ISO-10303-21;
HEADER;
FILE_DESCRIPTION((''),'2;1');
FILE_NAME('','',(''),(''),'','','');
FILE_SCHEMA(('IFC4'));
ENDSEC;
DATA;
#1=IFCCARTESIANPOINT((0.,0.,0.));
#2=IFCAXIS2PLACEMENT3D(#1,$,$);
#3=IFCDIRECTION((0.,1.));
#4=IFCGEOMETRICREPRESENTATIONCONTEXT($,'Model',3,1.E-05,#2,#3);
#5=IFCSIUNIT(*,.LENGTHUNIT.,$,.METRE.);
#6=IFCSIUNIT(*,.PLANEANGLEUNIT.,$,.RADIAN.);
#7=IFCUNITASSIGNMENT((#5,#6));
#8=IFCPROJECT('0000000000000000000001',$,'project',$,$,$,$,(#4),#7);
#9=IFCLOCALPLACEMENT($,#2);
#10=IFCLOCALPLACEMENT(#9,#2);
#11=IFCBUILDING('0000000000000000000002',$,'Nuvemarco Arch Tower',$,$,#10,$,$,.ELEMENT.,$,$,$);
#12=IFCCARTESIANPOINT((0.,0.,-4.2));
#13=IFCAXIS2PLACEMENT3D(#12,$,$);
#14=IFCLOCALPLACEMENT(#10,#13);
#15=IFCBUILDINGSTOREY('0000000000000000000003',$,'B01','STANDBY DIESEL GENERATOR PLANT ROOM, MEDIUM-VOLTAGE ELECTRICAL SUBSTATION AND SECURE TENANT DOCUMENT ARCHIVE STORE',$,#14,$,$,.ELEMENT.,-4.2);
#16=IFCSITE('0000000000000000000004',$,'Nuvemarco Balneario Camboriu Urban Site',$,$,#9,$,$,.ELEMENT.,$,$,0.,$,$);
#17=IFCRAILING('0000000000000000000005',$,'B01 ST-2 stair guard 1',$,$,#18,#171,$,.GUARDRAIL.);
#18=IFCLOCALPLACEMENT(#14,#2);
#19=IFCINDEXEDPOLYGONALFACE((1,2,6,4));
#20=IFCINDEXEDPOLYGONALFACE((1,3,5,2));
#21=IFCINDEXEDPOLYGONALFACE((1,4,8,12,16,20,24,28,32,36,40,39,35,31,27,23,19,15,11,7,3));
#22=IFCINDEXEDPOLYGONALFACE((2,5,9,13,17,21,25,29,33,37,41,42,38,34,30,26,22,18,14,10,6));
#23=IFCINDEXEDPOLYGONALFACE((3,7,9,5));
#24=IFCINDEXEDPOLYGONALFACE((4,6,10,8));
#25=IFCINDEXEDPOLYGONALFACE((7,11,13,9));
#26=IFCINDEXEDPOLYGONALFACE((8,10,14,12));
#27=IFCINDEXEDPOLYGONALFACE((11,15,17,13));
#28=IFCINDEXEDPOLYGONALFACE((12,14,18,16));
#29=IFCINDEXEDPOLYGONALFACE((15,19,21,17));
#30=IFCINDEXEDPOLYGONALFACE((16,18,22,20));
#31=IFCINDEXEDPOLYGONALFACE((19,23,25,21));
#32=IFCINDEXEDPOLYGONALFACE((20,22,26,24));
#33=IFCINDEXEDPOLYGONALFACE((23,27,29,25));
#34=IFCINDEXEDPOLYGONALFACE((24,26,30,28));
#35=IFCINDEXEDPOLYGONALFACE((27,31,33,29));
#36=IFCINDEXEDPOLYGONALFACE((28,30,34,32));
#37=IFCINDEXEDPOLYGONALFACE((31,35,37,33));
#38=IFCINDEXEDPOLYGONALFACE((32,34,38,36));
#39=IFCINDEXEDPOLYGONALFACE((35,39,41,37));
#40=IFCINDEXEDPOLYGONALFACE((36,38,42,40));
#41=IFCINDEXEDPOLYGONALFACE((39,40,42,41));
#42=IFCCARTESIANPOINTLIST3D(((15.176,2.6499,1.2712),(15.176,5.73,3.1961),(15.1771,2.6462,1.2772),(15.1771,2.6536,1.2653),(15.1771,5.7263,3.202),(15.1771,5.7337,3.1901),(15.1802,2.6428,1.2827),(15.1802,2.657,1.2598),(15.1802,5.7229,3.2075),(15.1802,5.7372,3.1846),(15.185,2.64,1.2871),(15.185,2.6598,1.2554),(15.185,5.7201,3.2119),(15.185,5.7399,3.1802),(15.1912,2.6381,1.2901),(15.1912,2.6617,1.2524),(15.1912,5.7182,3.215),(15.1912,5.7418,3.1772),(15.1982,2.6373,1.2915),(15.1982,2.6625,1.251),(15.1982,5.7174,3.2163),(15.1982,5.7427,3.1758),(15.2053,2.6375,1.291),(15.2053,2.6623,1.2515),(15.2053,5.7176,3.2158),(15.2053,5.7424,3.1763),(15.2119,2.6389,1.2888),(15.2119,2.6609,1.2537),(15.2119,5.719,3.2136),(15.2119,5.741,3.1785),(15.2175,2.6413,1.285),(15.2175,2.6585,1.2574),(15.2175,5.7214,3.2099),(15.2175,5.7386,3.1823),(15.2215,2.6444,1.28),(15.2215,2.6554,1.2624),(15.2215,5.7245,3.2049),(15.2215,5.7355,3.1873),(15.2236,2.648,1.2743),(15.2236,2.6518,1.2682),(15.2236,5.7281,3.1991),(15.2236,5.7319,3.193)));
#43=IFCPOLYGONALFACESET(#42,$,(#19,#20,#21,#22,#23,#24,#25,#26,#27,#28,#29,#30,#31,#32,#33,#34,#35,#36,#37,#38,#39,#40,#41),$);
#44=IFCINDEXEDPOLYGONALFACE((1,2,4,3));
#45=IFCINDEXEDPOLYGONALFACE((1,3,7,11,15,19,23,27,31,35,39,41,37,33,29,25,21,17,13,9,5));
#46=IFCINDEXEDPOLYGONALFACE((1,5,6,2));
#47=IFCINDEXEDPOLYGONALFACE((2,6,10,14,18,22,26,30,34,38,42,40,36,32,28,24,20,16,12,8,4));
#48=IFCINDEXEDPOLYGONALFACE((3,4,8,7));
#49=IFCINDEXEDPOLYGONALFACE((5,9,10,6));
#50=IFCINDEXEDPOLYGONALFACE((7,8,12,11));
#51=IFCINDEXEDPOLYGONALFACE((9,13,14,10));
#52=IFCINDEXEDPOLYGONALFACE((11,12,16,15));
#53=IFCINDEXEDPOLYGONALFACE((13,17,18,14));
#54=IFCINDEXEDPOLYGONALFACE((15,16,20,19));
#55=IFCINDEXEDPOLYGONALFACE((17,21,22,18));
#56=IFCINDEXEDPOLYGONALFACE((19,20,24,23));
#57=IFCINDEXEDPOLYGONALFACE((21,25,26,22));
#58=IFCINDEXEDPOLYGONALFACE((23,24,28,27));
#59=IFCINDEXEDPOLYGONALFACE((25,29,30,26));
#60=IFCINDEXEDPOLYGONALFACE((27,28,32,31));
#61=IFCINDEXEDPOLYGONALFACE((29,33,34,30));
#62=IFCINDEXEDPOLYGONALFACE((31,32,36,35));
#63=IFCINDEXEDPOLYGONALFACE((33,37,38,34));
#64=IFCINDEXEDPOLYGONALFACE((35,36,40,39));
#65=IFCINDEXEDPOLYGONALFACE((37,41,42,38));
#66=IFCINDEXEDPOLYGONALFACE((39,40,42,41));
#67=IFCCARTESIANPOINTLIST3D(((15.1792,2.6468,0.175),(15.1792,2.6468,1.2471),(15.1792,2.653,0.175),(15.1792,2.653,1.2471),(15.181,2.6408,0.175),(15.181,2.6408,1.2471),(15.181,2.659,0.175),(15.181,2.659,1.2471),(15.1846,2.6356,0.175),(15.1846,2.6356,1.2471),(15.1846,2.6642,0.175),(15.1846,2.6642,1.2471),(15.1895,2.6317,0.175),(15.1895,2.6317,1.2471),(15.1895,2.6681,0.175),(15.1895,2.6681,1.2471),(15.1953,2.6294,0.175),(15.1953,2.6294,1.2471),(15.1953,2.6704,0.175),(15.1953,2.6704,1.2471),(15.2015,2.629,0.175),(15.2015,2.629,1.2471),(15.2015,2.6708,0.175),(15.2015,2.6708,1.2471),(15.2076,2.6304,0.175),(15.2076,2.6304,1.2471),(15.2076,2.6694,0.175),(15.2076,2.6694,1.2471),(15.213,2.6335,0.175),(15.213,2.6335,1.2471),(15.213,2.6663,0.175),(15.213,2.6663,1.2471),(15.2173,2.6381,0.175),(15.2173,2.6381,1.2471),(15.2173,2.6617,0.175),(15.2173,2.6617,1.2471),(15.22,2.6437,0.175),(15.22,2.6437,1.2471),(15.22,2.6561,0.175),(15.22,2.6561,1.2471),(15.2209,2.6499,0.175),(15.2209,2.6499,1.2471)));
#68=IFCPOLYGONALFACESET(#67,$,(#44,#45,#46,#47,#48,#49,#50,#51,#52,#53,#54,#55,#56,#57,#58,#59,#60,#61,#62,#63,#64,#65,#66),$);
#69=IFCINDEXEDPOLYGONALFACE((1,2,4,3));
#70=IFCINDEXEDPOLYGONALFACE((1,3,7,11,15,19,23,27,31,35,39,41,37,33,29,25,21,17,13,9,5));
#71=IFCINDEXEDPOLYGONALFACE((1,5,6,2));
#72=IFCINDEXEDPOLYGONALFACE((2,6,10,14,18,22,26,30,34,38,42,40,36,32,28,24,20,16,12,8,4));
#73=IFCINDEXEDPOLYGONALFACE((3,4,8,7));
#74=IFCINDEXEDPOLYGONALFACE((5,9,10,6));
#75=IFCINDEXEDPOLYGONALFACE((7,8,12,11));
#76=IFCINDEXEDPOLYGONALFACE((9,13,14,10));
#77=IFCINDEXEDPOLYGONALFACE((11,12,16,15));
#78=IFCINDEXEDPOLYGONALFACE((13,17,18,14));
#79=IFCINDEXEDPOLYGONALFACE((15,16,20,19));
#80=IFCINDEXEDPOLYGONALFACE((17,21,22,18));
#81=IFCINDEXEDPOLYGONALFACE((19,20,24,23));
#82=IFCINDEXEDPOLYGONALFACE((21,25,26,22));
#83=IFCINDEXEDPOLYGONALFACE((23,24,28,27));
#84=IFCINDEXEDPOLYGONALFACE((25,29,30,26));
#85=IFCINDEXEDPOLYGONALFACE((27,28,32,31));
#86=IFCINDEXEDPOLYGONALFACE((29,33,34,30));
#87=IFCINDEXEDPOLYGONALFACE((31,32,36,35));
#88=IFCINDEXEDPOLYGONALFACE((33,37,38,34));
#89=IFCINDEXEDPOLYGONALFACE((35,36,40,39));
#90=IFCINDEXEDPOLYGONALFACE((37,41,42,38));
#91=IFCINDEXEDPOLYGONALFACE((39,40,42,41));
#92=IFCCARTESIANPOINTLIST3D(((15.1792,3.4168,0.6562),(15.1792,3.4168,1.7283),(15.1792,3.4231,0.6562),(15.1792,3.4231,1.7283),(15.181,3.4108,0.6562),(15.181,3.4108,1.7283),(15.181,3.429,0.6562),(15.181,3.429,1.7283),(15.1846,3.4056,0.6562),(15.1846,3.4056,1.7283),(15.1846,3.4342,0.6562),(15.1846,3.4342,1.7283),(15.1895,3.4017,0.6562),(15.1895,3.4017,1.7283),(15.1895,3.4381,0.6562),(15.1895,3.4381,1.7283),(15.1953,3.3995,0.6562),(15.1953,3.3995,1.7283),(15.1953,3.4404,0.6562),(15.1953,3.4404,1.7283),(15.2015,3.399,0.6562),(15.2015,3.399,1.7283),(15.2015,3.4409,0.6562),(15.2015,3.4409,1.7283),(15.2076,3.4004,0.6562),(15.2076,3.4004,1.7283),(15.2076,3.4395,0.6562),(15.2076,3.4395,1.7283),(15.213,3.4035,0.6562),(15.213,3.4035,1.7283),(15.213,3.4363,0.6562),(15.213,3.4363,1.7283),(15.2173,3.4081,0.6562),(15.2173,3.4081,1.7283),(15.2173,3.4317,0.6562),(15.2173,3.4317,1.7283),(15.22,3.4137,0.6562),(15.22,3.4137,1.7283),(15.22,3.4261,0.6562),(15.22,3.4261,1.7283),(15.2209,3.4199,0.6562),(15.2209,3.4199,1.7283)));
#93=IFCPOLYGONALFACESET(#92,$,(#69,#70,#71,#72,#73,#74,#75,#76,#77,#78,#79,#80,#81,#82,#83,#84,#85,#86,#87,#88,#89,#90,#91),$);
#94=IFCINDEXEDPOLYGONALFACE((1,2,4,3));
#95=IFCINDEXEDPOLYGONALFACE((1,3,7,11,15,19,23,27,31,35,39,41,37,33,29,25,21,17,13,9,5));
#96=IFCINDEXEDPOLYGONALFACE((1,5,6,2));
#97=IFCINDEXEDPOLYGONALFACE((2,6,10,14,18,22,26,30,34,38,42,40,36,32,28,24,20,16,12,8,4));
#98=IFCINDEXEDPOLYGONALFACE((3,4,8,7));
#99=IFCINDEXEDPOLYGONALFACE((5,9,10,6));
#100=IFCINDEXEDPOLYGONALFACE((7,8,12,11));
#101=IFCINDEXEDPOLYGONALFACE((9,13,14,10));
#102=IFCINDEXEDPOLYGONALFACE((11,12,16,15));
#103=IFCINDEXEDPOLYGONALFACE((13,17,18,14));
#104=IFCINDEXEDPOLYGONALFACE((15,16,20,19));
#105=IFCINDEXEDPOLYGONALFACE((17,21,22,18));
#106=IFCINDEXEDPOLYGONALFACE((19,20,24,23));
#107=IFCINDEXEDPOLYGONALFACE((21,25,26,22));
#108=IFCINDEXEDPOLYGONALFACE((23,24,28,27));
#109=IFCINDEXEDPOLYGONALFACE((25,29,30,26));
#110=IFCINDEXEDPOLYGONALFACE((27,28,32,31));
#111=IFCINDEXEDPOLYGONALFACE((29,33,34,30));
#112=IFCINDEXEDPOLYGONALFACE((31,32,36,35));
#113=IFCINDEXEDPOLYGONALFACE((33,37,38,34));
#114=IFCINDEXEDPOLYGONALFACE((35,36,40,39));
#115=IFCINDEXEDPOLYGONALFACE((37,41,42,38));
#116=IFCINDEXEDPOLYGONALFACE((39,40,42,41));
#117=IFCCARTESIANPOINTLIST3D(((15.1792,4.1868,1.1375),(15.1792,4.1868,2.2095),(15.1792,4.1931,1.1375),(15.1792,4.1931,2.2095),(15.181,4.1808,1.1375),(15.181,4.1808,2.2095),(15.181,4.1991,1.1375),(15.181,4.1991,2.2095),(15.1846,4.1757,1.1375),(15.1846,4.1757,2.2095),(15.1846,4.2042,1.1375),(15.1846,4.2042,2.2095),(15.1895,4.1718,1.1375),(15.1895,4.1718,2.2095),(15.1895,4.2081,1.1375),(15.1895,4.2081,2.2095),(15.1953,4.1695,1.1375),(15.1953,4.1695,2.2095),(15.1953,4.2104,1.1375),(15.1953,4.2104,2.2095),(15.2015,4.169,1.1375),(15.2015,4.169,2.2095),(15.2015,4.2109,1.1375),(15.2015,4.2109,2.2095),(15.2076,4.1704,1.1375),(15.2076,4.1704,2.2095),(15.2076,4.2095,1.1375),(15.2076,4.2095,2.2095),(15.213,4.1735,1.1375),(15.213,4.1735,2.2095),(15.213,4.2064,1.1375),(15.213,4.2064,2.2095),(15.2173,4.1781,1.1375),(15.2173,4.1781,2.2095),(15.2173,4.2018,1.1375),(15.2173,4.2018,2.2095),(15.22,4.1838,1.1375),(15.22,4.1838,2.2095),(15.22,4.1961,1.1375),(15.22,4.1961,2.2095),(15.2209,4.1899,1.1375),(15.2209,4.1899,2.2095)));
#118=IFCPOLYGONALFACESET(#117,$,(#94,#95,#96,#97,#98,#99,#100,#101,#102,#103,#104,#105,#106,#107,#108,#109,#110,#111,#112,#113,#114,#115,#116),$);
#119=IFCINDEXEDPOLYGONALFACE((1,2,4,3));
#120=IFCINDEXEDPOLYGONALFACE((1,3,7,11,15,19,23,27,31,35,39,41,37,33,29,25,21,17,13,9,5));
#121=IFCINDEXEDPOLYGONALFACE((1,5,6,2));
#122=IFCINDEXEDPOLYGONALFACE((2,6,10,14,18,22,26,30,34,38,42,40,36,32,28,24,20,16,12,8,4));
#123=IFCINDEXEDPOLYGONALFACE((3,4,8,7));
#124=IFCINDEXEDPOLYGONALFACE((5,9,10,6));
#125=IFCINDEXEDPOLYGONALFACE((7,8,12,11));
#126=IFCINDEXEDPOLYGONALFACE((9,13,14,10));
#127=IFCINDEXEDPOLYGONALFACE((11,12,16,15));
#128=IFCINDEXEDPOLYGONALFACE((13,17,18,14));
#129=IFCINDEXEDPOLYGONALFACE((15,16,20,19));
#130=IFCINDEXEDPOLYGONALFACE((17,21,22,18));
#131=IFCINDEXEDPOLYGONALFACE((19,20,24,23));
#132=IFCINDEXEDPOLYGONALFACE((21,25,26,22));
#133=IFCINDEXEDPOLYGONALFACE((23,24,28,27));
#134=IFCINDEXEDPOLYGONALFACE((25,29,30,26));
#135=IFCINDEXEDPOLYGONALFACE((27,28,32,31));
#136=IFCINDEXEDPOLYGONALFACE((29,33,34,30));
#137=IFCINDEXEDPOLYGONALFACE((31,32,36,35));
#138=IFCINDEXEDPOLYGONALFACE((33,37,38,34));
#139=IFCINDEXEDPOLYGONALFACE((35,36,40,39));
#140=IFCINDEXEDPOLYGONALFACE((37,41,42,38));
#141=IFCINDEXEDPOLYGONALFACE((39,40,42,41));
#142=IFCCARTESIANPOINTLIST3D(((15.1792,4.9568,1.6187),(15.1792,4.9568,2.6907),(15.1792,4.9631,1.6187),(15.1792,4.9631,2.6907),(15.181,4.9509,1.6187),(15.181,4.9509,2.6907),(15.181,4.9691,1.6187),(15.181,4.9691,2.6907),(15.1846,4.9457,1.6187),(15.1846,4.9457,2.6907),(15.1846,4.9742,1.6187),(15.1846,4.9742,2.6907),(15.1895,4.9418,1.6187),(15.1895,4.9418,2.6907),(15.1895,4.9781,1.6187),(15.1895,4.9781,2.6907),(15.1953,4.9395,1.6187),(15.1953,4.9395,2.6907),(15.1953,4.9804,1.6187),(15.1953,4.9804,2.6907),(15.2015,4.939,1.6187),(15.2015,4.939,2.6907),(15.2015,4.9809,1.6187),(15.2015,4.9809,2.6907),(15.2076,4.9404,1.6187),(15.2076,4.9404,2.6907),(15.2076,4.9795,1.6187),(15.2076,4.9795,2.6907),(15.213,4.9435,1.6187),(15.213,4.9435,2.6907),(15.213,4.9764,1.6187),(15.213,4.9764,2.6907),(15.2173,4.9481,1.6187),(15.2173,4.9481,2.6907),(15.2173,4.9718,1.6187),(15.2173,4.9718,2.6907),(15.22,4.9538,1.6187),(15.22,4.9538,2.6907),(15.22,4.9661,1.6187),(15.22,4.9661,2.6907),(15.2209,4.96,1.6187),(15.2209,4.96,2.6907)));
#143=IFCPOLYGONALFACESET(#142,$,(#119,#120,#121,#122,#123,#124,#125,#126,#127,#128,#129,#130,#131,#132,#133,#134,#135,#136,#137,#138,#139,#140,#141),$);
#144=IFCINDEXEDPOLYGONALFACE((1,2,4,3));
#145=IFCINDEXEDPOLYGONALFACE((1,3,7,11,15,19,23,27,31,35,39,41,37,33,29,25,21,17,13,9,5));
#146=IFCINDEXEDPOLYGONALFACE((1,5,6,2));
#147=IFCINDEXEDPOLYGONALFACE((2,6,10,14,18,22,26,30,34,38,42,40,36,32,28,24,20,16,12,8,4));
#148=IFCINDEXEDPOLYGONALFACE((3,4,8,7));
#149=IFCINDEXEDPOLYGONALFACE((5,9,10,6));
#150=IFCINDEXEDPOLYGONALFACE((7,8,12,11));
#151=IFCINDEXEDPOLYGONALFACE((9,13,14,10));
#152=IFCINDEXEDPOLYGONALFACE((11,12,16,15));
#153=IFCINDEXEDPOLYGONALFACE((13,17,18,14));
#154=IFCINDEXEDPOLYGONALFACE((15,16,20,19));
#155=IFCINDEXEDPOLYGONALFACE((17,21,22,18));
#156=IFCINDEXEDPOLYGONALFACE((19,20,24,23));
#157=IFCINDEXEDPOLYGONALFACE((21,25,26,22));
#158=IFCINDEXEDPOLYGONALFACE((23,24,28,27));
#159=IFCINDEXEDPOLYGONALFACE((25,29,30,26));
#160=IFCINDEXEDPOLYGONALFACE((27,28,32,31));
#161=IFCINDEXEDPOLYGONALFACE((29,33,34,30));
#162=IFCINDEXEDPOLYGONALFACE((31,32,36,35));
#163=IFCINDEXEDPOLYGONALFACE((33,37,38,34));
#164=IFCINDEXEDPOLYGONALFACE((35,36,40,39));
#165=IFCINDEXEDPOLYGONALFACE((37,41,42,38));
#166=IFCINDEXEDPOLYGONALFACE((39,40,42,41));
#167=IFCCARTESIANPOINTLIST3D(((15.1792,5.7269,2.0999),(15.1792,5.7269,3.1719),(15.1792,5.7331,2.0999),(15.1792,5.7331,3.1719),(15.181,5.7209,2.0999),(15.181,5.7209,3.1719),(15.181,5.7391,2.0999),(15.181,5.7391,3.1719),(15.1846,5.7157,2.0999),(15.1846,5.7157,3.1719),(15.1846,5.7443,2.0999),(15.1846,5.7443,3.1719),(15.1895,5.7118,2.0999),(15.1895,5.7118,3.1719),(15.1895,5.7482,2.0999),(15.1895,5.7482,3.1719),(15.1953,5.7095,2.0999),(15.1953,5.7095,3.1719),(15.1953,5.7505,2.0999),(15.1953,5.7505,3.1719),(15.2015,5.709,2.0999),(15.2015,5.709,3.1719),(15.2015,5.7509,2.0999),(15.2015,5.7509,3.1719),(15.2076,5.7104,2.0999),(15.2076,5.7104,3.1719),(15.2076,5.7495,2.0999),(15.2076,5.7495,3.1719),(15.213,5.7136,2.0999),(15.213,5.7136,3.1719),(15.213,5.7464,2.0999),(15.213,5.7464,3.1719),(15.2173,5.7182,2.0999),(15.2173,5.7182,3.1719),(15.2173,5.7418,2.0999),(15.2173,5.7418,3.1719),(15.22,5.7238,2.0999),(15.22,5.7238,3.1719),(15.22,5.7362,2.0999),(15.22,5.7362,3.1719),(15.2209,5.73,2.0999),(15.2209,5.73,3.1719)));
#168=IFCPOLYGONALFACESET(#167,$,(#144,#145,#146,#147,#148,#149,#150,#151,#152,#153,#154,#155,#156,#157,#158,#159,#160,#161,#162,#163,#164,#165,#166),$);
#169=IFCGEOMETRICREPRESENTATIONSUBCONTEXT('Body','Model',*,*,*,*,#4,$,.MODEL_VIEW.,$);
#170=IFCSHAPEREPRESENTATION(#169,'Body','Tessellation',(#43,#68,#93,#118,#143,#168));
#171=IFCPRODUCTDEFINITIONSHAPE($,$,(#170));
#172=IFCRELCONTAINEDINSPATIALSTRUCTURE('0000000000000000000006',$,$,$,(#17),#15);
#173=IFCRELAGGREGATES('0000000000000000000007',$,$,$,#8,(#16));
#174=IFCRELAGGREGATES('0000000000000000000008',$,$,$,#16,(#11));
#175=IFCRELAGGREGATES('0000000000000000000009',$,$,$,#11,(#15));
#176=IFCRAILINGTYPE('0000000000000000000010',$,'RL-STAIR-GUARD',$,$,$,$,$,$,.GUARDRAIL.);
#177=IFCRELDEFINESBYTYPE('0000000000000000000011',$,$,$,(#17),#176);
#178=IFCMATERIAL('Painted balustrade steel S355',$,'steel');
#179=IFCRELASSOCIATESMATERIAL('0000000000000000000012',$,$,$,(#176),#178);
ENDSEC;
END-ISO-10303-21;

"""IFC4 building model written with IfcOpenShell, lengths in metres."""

from ifc_helpers import new_model, si_unit, direction, frame, origin, origin_2d, place, context, subcontext, project, spatial, circle, extrude, material, type_object, element, save


model = new_model("IFC4")

# Units and contexts
model_context = context("Model", 3, precision=1e-05, world=origin(), true_north=direction((0.0, 1.0)))
body_context = subcontext(model_context, "Body", "Model", "MODEL_VIEW")
ifc_project = project(units=[si_unit("LENGTHUNIT", "METRE"), si_unit("PLANEANGLEUNIT", "RADIAN")], contexts=[model_context])

# Site, building, storey
site_placement = place(None, origin())
site = spatial("IfcSite", under=ifc_project, at=site_placement, Name="Nuvemarco Balneario Camboriu Urban Site", CompositionType="ELEMENT", RefElevation=0.0)
building_placement = place(site_placement, origin())
building = spatial("IfcBuilding", under=site, at=building_placement, Name="Nuvemarco Arch Tower", CompositionType="ELEMENT")
storey_placement = place(building_placement, frame((0.0, 0.0, -4.2)))
storey = spatial("IfcBuildingStorey", under=building, at=storey_placement, Name="B01", Description="STANDBY DIESEL GENERATOR PLANT ROOM, MEDIUM-VOLTAGE ELECTRICAL SUBSTATION AND SECURE TENANT DOCUMENT ARCHIVE STORE", CompositionType="ELEMENT", Elevation=-4.2)

# Railing
ifc_material_1 = material(Name="Painted balustrade steel S355", Category="steel")
railing_type_1 = type_object("IfcRailingType", Name="RL-STAIR-GUARD", PredefinedType="GUARDRAIL", material=ifc_material_1)
railing_1_placement = place(storey_placement, frame((15.2, 2.6499, 0.175)))
element("IfcRailing", 1, at=railing_1_placement, inside=storey, type_object=railing_type_1, Name="B01 ST-2 stair guard 1", PredefinedType="GUARDRAIL", context=body_context, shape_type="SweptSolid", body=[
    extrude(circle(Radius=0.0239, at=origin_2d()), frame((0.0, 0.0, 1.0962), z_axis=(0.0, 0.848029, 0.529951), x_axis=(-1.0, 0.0, 0.0)), (0.0, 0.0, 1.0), 3.6321),
    extrude(circle(Radius=0.021, at=origin_2d()), origin(), (0.0, 0.0, 1.0), 1.072),
    extrude(circle(Radius=0.021, at=origin_2d()), frame((0.0, 0.77, 0.4812)), (0.0, 0.0, 1.0), 1.072),
    extrude(circle(Radius=0.021, at=origin_2d()), frame((0.0, 1.54, 0.9624)), (0.0, 0.0, 1.0), 1.072),
    extrude(circle(Radius=0.021, at=origin_2d()), frame((0.0, 2.3101, 1.4436)), (0.0, 0.0, 1.0), 1.072),
    extrude(circle(Radius=0.021, at=origin_2d()), frame((0.0, 3.0801, 1.9248)), (0.0, 0.0, 1.0), 1.072),
])

save(model, "model.ifc")
